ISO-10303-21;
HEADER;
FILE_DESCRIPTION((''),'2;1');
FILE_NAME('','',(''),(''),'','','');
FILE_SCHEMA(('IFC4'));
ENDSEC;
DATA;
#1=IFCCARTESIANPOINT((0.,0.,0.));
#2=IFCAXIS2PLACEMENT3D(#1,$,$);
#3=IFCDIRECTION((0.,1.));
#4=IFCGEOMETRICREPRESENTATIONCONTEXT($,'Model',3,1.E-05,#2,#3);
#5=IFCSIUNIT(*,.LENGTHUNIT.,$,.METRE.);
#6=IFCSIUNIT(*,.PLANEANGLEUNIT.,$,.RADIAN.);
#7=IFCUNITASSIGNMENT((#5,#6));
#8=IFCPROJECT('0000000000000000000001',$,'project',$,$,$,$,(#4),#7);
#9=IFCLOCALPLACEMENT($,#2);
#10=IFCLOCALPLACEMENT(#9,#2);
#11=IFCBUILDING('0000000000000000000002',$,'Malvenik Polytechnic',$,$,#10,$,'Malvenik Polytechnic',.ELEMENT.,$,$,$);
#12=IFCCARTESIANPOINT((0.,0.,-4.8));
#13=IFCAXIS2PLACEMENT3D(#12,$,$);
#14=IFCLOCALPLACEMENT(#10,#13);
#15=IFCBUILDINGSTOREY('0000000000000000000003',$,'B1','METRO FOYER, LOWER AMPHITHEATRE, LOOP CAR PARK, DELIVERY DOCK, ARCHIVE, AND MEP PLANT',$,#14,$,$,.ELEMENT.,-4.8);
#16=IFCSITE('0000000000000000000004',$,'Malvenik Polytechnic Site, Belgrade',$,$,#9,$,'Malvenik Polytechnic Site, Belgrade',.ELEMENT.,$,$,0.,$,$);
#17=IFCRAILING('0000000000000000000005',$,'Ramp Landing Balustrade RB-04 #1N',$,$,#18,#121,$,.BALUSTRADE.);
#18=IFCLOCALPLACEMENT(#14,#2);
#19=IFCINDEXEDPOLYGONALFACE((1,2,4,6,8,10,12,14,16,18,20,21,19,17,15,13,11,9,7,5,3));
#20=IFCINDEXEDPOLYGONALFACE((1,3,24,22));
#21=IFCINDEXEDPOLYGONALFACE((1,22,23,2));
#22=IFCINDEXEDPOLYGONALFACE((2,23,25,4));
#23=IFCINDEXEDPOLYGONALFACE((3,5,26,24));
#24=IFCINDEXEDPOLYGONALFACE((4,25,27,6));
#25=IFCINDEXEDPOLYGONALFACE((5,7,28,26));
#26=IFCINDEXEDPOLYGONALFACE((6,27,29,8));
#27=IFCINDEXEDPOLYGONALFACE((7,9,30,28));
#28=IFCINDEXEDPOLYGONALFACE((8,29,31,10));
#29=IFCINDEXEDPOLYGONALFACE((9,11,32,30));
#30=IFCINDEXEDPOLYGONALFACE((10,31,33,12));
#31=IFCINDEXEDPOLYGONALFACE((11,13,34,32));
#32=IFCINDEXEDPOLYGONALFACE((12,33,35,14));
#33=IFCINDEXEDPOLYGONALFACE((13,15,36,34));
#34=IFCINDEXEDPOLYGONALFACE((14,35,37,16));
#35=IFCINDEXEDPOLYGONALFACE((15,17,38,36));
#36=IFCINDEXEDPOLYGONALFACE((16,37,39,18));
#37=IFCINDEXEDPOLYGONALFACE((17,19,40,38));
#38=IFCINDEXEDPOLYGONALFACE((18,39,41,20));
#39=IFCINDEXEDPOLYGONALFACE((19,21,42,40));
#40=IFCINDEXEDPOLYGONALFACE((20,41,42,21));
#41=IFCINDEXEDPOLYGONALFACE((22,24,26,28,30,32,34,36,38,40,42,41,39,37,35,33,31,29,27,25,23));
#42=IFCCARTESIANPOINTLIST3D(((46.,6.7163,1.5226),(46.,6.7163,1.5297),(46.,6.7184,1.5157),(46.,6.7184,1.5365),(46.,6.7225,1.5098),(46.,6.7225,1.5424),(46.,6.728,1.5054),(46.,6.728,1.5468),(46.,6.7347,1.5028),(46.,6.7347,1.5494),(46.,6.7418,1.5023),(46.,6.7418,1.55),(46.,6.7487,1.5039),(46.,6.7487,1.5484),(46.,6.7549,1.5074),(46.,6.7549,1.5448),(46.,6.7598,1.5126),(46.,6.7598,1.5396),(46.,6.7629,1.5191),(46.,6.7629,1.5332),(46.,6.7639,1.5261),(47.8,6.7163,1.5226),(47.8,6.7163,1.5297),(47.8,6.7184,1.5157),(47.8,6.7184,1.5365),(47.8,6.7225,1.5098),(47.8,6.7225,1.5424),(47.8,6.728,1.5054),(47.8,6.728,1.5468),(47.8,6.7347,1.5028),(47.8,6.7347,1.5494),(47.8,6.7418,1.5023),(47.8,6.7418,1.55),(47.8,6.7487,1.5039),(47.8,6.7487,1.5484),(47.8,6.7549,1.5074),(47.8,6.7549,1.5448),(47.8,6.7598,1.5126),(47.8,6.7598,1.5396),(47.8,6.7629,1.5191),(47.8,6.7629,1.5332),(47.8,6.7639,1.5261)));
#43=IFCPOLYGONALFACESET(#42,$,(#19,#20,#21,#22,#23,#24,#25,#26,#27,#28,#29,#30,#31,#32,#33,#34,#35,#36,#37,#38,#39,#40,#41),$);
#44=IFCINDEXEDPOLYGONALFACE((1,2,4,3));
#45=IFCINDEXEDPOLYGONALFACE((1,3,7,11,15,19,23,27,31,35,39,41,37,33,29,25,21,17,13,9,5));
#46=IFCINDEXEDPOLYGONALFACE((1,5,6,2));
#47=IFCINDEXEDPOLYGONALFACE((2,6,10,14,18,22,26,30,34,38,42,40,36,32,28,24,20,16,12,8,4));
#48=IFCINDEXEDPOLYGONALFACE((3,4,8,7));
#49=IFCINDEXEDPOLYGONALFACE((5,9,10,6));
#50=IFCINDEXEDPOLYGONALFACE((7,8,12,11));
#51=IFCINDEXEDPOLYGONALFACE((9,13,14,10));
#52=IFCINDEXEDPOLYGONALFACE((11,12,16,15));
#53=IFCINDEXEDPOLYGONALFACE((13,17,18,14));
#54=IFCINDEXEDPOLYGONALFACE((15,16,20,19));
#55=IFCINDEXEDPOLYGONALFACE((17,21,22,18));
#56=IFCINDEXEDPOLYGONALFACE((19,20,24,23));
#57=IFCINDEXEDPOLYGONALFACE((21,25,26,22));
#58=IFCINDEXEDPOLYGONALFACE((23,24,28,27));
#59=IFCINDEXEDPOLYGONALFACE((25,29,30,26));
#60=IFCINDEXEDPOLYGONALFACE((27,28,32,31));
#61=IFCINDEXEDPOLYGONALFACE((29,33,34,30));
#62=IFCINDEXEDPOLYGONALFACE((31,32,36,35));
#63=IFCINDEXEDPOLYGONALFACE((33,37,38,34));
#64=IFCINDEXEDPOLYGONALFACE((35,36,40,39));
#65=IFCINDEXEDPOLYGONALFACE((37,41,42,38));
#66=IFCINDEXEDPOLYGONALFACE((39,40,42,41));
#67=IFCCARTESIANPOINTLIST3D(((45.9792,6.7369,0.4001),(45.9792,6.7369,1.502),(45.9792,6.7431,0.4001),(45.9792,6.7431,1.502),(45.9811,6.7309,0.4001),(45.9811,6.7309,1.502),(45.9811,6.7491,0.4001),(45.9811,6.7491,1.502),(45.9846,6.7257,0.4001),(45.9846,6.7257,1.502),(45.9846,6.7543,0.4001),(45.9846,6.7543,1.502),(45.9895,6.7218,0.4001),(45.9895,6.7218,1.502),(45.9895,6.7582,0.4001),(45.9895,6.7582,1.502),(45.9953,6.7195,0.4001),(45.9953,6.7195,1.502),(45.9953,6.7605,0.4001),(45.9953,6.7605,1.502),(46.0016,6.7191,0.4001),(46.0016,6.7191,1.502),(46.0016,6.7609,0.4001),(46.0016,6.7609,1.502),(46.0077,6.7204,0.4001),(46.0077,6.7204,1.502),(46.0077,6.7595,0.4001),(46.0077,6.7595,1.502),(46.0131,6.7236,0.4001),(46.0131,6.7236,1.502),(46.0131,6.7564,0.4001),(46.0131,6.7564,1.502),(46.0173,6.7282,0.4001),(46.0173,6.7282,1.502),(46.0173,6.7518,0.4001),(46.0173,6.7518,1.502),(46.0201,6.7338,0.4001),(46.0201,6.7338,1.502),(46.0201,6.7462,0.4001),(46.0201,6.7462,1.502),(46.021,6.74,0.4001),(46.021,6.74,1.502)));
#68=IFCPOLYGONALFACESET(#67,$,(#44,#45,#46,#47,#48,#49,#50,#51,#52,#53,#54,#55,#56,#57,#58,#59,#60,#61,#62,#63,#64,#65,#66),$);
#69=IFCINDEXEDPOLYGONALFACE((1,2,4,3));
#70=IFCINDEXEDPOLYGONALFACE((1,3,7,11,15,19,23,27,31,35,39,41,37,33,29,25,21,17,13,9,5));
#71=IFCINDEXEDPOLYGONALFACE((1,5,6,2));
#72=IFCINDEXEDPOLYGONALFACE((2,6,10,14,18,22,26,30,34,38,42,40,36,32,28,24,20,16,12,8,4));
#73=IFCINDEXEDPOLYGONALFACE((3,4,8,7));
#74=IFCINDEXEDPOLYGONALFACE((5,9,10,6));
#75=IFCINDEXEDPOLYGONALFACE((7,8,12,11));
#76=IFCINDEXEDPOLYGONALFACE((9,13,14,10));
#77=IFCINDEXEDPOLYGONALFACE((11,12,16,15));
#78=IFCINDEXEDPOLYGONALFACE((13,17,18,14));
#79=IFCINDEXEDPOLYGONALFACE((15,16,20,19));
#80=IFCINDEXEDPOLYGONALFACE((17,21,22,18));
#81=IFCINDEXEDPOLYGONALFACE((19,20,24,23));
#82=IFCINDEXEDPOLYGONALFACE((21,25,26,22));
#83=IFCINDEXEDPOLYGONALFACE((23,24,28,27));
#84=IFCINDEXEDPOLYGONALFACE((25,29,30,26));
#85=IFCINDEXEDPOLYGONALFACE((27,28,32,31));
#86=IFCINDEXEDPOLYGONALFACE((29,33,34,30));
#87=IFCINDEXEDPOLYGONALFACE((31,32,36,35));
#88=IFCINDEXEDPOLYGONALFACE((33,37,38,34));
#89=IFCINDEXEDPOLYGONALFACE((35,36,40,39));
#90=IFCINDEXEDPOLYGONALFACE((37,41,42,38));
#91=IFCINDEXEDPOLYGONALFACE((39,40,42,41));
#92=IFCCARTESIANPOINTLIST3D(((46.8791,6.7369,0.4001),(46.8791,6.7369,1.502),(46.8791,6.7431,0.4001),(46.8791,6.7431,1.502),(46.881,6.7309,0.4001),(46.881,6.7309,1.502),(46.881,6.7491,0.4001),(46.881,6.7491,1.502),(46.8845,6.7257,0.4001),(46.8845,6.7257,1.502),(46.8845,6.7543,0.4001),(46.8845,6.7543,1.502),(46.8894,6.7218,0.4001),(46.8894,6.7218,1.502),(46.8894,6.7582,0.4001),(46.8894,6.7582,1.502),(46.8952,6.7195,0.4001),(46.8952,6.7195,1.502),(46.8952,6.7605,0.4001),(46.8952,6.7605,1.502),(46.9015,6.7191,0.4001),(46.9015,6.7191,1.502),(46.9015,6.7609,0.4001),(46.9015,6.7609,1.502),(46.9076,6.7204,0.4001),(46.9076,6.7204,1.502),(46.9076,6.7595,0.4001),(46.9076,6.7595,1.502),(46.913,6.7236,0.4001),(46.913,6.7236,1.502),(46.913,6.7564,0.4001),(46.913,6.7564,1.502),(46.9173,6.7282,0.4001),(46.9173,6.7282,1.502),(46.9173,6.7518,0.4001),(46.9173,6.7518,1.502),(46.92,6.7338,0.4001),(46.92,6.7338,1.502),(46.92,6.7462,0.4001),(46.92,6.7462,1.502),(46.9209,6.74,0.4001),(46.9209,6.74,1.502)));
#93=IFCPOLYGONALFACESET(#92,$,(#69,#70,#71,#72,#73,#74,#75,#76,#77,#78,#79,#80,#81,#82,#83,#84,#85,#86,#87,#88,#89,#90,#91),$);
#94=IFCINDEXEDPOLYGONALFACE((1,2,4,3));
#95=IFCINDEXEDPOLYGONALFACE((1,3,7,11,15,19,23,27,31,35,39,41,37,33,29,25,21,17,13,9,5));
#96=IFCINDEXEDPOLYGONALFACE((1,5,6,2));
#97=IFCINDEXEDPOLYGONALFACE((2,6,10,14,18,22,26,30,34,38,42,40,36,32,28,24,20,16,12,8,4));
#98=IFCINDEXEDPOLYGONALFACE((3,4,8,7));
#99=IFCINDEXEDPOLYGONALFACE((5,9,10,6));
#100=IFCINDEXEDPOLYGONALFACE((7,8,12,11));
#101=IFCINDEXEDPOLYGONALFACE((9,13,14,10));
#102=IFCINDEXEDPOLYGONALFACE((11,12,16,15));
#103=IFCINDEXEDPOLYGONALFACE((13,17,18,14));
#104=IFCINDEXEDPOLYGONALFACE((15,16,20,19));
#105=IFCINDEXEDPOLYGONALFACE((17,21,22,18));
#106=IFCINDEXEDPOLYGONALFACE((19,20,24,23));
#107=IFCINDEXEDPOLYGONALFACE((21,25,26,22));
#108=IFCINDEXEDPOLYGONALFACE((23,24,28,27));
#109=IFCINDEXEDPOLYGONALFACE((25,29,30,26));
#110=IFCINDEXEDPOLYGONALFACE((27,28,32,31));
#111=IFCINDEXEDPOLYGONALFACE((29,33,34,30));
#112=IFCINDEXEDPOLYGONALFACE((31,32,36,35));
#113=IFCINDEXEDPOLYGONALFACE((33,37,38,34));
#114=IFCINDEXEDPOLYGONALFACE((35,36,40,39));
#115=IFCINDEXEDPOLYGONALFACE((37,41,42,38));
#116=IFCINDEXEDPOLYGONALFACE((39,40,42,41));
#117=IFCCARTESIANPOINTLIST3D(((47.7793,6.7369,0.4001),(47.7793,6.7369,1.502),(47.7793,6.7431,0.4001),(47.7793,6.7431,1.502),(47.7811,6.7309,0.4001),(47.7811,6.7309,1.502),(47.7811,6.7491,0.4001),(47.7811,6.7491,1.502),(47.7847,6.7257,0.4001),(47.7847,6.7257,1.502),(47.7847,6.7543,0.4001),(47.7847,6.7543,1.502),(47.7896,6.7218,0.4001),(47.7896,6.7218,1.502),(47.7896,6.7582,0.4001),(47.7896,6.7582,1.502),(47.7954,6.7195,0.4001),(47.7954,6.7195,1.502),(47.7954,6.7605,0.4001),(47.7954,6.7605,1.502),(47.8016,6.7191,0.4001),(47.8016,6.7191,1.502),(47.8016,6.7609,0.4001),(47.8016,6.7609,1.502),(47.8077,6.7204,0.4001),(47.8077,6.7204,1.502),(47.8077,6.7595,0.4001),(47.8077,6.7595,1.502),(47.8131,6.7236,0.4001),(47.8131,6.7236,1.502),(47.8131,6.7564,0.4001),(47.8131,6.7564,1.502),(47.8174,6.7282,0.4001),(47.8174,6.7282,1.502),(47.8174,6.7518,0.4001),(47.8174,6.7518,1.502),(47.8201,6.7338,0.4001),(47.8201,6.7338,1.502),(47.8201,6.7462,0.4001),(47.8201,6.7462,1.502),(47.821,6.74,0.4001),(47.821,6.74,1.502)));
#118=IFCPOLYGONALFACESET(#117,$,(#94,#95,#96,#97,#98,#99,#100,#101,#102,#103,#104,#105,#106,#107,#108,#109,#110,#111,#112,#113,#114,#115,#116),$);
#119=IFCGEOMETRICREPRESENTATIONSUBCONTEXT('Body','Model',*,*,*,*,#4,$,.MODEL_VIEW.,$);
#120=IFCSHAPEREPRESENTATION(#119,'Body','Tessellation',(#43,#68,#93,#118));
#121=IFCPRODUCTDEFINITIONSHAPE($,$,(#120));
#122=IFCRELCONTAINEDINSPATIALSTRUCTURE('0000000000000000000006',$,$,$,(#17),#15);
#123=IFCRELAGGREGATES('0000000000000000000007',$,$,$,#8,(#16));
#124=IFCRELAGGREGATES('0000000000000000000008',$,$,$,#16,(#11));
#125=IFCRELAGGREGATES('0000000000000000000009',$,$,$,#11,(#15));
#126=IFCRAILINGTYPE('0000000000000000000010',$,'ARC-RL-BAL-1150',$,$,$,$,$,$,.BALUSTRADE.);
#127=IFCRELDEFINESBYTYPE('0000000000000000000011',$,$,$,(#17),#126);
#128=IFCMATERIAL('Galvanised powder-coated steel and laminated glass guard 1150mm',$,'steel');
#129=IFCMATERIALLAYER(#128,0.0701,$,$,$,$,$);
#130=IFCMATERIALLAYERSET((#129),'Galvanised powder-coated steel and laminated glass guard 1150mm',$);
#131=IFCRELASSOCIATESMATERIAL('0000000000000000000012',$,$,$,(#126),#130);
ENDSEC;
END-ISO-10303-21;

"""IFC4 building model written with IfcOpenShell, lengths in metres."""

from ifc_helpers import new_model, si_unit, direction, frame, origin, origin_2d, place, context, subcontext, project, spatial, circle, extrude, material, layer, layer_set, type_object, element, save


model = new_model("IFC4")

# Units and contexts
model_context = context("Model", 3, precision=1e-05, world=origin(), true_north=direction((0.0, 1.0)))
body_context = subcontext(model_context, "Body", "Model", "MODEL_VIEW")
ifc_project = project(units=[si_unit("LENGTHUNIT", "METRE"), si_unit("PLANEANGLEUNIT", "RADIAN")], contexts=[model_context])

# Site, building, storey
site_placement = place(None, origin())
site = spatial("IfcSite", under=ifc_project, at=site_placement, Name="Malvenik Polytechnic Site, Belgrade", LongName="Malvenik Polytechnic Site, Belgrade", CompositionType="ELEMENT", RefElevation=0.0)
building_placement = place(site_placement, origin())
building = spatial("IfcBuilding", under=site, at=building_placement, Name="Malvenik Polytechnic", LongName="Malvenik Polytechnic", CompositionType="ELEMENT")
storey_placement = place(building_placement, frame((0.0, 0.0, -4.8)))
storey = spatial("IfcBuildingStorey", under=building, at=storey_placement, Name="B1", Description="METRO FOYER, LOWER AMPHITHEATRE, LOOP CAR PARK, DELIVERY DOCK, ARCHIVE, AND MEP PLANT", CompositionType="ELEMENT", Elevation=-4.8)

# Railing
ifc_material_1 = material(Name="Galvanised powder-coated steel and laminated glass guard 1150mm", Category="steel")
ifc_layer_1 = layer(ifc_material_1, 0.0701)
ifc_layer_set_1 = layer_set([ifc_layer_1], Name="Galvanised powder-coated steel and laminated glass guard 1150mm")
railing_type_1 = type_object("IfcRailingType", Name="ARC-RL-BAL-1150", PredefinedType="BALUSTRADE", material=ifc_layer_set_1)
for number, where, name in (
    (1, (46.0, 6.74, 0.4001), "Ramp Landing Balustrade RB-04 #1N"),
):
    element("IfcRailing", number, at=place(storey_placement, frame(where)), inside=storey, type_object=railing_type_1, Name=name, PredefinedType="BALUSTRADE", context=body_context, shape_type="SweptSolid", body=[
        extrude(circle(Radius=0.0239, at=origin_2d()), frame((0.0, 0.0, 1.126), z_axis=(1.0, 0.0, 0.0), x_axis=(0.0, 1.0, 0.0)), (0.0, 0.0, 1.0), 1.8),
        extrude(circle(Radius=0.021, at=origin_2d()), origin(), (0.0, 0.0, 1.0), 1.1018),
        extrude(circle(Radius=0.021, at=origin_2d()), frame((0.8999, 0.0, 0.0)), (0.0, 0.0, 1.0), 1.1018),
        extrude(circle(Radius=0.021, at=origin_2d()), frame((1.8, 0.0, 0.0)), (0.0, 0.0, 1.0), 1.1018),
    ])

save(model, "model.ifc")
